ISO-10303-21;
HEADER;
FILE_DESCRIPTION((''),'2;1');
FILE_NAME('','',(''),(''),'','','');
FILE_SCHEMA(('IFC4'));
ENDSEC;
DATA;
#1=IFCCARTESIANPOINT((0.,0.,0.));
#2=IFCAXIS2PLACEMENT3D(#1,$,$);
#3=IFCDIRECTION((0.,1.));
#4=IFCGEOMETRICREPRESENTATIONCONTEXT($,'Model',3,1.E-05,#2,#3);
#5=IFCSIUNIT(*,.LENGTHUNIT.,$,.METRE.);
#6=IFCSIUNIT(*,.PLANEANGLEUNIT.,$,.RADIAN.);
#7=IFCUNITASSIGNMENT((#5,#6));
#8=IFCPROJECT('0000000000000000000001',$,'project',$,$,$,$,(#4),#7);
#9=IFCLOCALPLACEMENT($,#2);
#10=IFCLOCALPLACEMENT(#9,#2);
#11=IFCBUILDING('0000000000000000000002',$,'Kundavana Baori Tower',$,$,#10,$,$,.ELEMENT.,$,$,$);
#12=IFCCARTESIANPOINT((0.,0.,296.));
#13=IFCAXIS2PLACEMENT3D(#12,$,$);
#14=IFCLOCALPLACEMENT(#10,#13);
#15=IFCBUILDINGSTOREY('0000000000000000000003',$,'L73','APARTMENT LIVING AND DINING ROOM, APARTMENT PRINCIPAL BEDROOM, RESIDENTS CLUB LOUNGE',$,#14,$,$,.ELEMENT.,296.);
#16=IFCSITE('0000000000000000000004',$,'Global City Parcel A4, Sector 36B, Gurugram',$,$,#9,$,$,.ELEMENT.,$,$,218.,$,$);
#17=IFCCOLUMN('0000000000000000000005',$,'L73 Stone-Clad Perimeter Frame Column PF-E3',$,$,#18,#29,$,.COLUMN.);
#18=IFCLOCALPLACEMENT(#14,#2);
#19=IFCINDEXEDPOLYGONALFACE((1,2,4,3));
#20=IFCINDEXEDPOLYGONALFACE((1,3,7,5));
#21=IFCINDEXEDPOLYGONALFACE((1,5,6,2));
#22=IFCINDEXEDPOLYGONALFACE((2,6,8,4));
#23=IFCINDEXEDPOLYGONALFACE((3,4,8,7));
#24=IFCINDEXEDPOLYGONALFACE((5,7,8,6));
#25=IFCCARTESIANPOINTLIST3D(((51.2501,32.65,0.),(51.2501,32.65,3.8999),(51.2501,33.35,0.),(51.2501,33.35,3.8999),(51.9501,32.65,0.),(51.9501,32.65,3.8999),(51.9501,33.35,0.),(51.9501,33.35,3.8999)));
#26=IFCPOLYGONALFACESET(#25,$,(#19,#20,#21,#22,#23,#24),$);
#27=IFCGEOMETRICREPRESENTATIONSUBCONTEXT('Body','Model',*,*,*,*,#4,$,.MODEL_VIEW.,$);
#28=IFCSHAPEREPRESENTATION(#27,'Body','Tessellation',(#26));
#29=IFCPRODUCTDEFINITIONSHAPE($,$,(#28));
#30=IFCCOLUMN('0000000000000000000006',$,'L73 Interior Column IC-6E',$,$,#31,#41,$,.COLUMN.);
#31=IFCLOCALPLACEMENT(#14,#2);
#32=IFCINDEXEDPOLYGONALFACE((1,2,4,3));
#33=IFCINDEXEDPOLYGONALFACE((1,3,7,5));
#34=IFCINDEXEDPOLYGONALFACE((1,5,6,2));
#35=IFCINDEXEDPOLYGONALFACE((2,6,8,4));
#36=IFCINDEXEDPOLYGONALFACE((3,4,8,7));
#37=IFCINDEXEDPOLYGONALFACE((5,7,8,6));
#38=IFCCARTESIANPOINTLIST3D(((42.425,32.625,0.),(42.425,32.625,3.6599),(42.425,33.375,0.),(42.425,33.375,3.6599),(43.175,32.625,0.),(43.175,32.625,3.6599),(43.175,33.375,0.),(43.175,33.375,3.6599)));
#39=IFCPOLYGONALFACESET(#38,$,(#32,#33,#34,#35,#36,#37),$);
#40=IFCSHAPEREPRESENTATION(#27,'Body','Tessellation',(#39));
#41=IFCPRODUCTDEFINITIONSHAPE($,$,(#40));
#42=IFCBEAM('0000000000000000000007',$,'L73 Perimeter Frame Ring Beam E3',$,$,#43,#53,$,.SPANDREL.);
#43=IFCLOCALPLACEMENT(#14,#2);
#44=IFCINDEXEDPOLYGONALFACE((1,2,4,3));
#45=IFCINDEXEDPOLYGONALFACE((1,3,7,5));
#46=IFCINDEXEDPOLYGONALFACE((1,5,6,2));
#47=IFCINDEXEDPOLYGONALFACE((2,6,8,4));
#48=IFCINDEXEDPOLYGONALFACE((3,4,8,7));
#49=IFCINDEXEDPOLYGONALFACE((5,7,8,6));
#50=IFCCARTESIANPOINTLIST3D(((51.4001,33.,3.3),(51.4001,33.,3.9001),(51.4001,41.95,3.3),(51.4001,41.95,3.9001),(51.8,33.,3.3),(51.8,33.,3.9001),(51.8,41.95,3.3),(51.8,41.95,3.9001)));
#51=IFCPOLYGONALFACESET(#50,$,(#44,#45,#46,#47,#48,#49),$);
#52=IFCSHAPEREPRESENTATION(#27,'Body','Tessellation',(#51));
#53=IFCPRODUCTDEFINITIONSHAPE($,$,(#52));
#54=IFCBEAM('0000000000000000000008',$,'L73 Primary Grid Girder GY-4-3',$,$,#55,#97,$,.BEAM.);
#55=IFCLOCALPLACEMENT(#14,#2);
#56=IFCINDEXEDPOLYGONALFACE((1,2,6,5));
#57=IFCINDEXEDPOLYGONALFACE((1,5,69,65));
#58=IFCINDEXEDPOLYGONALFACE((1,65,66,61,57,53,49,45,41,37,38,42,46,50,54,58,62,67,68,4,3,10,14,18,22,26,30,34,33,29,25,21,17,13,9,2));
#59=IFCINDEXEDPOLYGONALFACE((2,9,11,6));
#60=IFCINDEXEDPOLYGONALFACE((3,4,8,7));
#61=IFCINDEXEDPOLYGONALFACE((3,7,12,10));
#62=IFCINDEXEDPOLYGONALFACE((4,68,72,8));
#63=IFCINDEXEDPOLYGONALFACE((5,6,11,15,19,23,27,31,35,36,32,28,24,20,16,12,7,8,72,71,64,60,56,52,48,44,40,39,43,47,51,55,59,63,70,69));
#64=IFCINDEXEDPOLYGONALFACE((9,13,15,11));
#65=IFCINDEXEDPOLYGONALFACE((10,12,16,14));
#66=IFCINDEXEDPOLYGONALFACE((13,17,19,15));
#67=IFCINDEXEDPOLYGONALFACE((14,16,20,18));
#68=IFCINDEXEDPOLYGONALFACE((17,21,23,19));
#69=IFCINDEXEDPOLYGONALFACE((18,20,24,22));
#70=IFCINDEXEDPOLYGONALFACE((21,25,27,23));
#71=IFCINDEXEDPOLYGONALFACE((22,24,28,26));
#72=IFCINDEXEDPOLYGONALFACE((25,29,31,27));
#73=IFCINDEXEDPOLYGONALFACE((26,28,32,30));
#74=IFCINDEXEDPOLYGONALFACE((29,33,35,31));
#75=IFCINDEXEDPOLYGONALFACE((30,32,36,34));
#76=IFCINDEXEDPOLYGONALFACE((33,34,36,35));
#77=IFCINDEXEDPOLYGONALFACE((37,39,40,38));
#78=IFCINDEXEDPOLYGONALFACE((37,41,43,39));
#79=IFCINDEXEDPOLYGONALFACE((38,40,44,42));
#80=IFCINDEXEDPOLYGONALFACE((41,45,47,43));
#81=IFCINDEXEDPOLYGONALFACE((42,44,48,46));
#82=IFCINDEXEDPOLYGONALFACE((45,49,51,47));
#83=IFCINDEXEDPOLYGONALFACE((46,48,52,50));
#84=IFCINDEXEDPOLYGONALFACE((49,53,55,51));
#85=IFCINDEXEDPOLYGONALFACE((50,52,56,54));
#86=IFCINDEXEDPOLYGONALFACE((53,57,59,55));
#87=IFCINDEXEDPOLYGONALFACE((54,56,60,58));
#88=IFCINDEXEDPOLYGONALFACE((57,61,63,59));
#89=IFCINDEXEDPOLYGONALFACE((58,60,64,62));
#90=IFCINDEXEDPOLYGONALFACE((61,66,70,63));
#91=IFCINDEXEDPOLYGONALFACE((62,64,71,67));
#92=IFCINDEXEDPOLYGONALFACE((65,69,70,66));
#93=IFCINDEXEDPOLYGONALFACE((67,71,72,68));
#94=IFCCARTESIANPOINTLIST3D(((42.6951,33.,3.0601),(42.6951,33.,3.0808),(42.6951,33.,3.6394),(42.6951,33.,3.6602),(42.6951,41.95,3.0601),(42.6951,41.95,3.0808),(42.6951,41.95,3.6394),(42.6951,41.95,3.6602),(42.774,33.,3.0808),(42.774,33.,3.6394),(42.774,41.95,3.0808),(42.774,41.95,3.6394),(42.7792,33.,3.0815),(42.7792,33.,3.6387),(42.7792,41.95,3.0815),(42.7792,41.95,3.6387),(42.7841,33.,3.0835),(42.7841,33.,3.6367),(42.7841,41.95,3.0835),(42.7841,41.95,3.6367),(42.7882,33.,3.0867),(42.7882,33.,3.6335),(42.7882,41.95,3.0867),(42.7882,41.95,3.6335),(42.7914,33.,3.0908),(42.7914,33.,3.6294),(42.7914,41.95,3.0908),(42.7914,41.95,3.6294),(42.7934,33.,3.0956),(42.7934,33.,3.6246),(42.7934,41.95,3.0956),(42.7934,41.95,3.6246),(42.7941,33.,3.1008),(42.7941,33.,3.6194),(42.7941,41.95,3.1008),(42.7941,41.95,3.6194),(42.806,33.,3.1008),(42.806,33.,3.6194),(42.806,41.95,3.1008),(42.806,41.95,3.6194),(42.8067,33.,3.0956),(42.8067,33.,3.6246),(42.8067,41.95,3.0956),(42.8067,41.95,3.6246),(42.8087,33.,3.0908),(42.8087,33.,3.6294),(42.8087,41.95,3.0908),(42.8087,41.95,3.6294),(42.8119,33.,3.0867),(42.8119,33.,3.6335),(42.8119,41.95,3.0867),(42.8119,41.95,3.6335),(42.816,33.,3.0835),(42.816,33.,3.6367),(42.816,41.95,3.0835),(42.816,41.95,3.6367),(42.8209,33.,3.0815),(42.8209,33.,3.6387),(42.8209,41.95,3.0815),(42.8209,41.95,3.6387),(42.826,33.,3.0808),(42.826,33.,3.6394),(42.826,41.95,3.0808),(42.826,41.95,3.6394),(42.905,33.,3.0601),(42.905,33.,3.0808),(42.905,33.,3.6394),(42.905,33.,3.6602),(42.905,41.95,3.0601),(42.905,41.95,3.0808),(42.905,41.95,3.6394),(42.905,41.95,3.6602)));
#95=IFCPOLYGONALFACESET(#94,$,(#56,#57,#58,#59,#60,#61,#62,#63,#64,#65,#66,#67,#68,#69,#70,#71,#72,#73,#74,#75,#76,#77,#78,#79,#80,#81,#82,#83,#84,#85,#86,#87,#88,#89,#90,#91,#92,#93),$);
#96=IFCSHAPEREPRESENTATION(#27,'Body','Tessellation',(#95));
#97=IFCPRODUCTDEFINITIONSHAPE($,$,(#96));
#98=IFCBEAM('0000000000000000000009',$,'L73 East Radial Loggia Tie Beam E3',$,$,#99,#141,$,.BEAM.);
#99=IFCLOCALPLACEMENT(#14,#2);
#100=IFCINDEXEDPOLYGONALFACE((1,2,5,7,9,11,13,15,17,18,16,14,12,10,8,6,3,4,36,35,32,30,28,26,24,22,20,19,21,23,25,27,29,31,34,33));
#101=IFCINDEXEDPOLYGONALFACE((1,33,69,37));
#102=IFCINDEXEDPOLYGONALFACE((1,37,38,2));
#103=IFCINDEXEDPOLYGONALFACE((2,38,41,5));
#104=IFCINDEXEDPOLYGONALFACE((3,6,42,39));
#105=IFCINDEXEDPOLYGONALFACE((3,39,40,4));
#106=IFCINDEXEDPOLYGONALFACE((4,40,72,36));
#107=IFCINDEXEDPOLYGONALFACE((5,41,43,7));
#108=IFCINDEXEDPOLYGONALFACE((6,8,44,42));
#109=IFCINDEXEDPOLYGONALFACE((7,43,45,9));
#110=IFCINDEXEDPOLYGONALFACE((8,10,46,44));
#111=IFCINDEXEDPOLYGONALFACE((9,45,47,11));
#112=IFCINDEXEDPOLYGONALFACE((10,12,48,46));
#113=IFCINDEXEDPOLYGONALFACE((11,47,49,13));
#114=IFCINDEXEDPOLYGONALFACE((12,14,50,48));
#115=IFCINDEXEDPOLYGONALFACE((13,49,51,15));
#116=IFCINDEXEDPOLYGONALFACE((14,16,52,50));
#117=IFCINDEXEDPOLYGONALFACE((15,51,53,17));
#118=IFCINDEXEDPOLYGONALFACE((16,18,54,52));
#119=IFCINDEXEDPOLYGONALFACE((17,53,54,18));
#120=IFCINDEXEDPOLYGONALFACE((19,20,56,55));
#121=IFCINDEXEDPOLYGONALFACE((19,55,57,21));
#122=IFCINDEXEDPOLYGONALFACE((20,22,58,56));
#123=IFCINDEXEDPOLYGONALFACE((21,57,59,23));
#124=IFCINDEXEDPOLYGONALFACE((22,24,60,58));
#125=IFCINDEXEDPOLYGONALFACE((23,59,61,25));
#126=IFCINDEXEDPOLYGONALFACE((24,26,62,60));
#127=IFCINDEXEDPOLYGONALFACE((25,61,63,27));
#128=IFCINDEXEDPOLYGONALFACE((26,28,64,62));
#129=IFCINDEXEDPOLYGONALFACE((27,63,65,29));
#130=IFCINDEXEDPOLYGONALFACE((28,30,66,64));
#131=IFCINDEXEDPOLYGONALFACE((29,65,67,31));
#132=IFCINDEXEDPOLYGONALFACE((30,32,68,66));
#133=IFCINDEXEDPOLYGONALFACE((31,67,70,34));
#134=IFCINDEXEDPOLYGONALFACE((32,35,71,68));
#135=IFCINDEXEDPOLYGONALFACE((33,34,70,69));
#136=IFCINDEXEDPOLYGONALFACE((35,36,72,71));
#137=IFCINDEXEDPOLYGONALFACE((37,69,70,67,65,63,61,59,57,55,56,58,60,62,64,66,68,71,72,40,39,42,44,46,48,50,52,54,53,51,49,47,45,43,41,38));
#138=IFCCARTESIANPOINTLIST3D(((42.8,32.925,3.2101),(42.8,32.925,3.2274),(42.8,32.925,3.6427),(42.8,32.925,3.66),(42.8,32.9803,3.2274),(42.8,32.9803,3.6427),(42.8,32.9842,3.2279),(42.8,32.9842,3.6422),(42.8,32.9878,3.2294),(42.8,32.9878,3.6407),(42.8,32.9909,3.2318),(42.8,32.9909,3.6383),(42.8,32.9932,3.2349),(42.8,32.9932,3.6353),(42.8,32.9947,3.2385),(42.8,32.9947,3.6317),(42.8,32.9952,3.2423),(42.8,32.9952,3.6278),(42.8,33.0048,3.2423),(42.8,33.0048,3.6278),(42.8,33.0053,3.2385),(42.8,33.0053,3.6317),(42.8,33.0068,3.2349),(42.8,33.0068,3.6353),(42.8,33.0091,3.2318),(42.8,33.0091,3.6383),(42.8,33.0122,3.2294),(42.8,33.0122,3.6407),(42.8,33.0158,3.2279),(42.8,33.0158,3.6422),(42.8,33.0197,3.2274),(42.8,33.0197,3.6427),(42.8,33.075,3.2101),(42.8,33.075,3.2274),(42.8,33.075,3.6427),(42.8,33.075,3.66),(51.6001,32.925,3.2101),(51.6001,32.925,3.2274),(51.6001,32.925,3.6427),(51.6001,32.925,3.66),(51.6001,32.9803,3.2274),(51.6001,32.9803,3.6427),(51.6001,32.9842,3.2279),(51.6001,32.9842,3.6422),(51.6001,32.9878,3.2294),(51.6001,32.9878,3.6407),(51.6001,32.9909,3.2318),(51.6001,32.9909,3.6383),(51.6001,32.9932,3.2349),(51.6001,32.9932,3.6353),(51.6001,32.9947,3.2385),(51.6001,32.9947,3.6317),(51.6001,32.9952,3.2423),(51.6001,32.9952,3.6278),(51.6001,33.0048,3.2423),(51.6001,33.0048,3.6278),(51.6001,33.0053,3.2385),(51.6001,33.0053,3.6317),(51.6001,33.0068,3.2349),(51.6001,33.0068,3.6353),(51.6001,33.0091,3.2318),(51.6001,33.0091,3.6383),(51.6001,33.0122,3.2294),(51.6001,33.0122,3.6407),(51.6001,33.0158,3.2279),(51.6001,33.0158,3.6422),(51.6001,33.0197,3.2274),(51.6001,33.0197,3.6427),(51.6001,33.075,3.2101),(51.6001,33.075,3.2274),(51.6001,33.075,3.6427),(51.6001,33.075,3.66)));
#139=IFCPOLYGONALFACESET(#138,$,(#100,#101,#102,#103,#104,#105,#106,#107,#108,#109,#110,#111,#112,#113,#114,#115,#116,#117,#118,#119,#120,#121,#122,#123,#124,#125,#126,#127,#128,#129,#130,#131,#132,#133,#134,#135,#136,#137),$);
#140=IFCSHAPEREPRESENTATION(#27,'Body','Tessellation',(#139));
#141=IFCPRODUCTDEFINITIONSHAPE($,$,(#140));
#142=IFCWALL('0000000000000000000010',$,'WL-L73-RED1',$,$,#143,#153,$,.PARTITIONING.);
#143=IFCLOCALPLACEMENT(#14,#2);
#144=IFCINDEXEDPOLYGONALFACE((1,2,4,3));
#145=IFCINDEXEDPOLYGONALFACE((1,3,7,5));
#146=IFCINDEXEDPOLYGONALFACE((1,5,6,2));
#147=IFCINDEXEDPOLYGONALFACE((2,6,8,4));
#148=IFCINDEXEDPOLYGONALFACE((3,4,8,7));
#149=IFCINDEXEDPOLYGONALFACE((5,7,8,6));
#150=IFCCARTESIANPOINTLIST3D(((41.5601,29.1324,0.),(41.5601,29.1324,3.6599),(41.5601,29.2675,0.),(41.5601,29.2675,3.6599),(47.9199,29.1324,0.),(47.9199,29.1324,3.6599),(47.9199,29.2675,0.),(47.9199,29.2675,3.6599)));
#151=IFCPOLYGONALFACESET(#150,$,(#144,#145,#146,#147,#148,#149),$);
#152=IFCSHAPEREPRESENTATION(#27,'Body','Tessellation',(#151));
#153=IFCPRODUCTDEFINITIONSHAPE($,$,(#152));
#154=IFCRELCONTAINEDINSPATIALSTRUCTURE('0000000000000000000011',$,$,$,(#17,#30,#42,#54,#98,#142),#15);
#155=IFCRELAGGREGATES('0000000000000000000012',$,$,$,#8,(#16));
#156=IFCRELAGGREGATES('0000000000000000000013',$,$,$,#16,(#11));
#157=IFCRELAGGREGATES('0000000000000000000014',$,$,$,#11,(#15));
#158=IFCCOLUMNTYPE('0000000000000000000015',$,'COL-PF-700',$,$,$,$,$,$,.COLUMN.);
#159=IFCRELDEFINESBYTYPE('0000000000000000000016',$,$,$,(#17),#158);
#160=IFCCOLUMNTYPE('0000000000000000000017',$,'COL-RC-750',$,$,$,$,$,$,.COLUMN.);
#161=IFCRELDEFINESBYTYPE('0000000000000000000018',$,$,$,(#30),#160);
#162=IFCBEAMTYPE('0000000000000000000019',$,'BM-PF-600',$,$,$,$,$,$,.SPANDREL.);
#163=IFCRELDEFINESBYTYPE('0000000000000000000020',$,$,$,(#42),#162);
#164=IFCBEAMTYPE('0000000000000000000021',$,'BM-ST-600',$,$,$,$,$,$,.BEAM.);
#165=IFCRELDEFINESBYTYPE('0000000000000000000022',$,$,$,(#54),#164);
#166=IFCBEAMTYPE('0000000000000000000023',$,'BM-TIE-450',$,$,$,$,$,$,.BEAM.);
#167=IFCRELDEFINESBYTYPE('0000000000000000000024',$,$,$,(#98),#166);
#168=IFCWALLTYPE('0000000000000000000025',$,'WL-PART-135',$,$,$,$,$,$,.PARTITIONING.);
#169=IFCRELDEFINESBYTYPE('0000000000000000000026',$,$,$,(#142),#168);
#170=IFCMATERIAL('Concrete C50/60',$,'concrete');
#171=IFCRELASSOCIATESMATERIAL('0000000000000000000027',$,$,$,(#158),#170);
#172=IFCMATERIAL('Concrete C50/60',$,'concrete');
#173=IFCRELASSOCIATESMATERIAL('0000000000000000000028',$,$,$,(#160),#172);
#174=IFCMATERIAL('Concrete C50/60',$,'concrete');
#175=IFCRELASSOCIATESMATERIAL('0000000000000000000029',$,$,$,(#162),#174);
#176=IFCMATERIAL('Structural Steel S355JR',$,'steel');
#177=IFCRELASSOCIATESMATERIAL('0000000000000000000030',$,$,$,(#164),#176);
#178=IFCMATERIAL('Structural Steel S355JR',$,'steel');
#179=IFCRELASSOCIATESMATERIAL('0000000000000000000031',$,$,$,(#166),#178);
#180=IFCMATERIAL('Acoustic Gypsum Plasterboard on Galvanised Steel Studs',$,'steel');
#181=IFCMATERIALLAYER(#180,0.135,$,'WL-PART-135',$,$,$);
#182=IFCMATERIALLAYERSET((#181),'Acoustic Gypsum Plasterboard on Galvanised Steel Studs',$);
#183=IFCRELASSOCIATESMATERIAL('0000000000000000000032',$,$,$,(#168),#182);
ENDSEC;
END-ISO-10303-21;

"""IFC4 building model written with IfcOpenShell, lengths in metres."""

from ifc_helpers import new_model, si_unit, direction, frame, frame_2d, origin, origin_2d, place, context, subcontext, project, spatial, rectangle, i_section, extrude, material, layer, layer_set, material_profile, profile_set, type_object, element, save


model = new_model("IFC4")

# Units and contexts
model_context = context("Model", 3, precision=1e-05, world=origin(), true_north=direction((0.0, 1.0)))
body_context = subcontext(model_context, "Body", "Model", "MODEL_VIEW")
ifc_project = project(units=[si_unit("LENGTHUNIT", "METRE"), si_unit("PLANEANGLEUNIT", "RADIAN")], contexts=[model_context])

# Site, building, storey
site_placement = place(None, origin())
site = spatial("IfcSite", under=ifc_project, at=site_placement, Name="Global City Parcel A4, Sector 36B, Gurugram", CompositionType="ELEMENT", RefElevation=218.0)
building_placement = place(site_placement, origin())
building = spatial("IfcBuilding", under=site, at=building_placement, Name="Kundavana Baori Tower", CompositionType="ELEMENT")
storey_placement = place(building_placement, frame((0.0, 0.0, 296.0)))
storey = spatial("IfcBuildingStorey", under=building, at=storey_placement, Name="L73", Description="APARTMENT LIVING AND DINING ROOM, APARTMENT PRINCIPAL BEDROOM, RESIDENTS CLUB LOUNGE", CompositionType="ELEMENT", Elevation=296.0)

# Columns
ifc_material_1 = material(Name="Concrete C50/60", Category="concrete")
ifc_material_profile_1 = material_profile(ifc_material_1, rectangle(XDim=0.7, YDim=0.7, at=origin_2d()), Name="RC PF 700x700")
ifc_profile_set_1 = profile_set([ifc_material_profile_1], Name="Concrete C50/60")
column_type_1 = type_object("IfcColumnType", Name="COL-PF-700", PredefinedType="COLUMN", material=ifc_profile_set_1)
column_1_placement = place(storey_placement, frame((51.6001, 33.0, 0.0), z_axis=(0.0, 0.0, 1.0), x_axis=(1.0, 0.0, 0.0)))
element("IfcColumn", 1, at=column_1_placement, inside=storey, type_object=column_type_1, Name="L73 Stone-Clad Perimeter Frame Column PF-E3", PredefinedType="COLUMN", context=body_context, shape_type="SweptSolid", body=[
    extrude(rectangle(XDim=0.7, YDim=0.7, at=origin_2d()), origin(), (0.0, 0.0, 1.0), 3.8999),
])
ifc_material_2 = material(Name="Concrete C50/60", Category="concrete")
ifc_material_profile_2 = material_profile(ifc_material_2, rectangle(XDim=0.75, YDim=0.75, at=origin_2d()), Name="RC 750x750")
ifc_profile_set_2 = profile_set([ifc_material_profile_2], Name="Concrete C50/60")
column_type_2 = type_object("IfcColumnType", Name="COL-RC-750", PredefinedType="COLUMN", material=ifc_profile_set_2)
column_2_placement = place(storey_placement, frame((42.8, 33.0, 0.0), z_axis=(0.0, 0.0, 1.0), x_axis=(1.0, 0.0, 0.0)))
element("IfcColumn", 2, at=column_2_placement, inside=storey, type_object=column_type_2, Name="L73 Interior Column IC-6E", PredefinedType="COLUMN", context=body_context, shape_type="SweptSolid", body=[
    extrude(rectangle(XDim=0.75, YDim=0.75, at=origin_2d()), origin(), (0.0, 0.0, 1.0), 3.6599),
])

# Beams
ifc_material_3 = material(Name="Concrete C50/60", Category="concrete")
ifc_material_profile_3 = material_profile(ifc_material_3, rectangle(XDim=0.3999, YDim=0.6001, at=origin_2d()), Name="RC BM 400x600")
ifc_profile_set_3 = profile_set([ifc_material_profile_3], Name="Concrete C50/60")
beam_type_1 = type_object("IfcBeamType", Name="BM-PF-600", PredefinedType="SPANDREL", material=ifc_profile_set_3)
beam_1_placement = place(storey_placement, frame((51.6001, 33.0, 3.6001), z_axis=(0.0, 1.0, 0.0), x_axis=(-1.0, 0.0, 0.0)))
element("IfcBeam", 3, at=beam_1_placement, inside=storey, type_object=beam_type_1, Name="L73 Perimeter Frame Ring Beam E3", PredefinedType="SPANDREL", context=body_context, shape_type="SweptSolid", body=[
    extrude(rectangle(XDim=0.3999, YDim=0.6001, at=origin_2d()), origin(), (0.0, 0.0, 1.0), 8.95),
])
ifc_material_4 = material(Name="Structural Steel S355JR", Category="steel")
ifc_material_profile_4 = material_profile(ifc_material_4, i_section(OverallWidth=0.21, OverallDepth=0.6001, WebThickness=0.012, FlangeThickness=0.0208, FilletRadius=0.02, at=origin_2d()), Name="ISMB 600")
ifc_profile_set_4 = profile_set([ifc_material_profile_4], Name="Structural Steel S355JR")
beam_type_2 = type_object("IfcBeamType", Name="BM-ST-600", PredefinedType="BEAM", material=ifc_profile_set_4)
beam_2_placement = place(storey_placement, frame((42.8, 33.0, 3.3601), z_axis=(0.0, 1.0, 0.0), x_axis=(-1.0, 0.0, 0.0)))
element("IfcBeam", 4, at=beam_2_placement, inside=storey, type_object=beam_type_2, Name="L73 Primary Grid Girder GY-4-3", PredefinedType="BEAM", context=body_context, shape_type="SweptSolid", body=[
    extrude(i_section(OverallWidth=0.21, OverallDepth=0.6001, WebThickness=0.012, FlangeThickness=0.0208, FilletRadius=0.02, at=origin_2d()), origin(), (0.0, 0.0, 1.0), 8.95),
])
ifc_material_5 = material(Name="Structural Steel S355JR", Category="steel")
ifc_material_profile_5 = material_profile(ifc_material_5, i_section(OverallWidth=0.1499, OverallDepth=0.45, WebThickness=0.0095, FlangeThickness=0.0173, FilletRadius=0.0149, at=origin_2d()), Name="ISMB 450")
ifc_profile_set_5 = profile_set([ifc_material_profile_5], Name="Structural Steel S355JR")
beam_type_3 = type_object("IfcBeamType", Name="BM-TIE-450", PredefinedType="BEAM", material=ifc_profile_set_5)
beam_3_placement = place(storey_placement, frame((42.8, 33.0, 3.4351), z_axis=(1.0, 0.0, 0.0), x_axis=(0.0, 1.0, 0.0)))
element("IfcBeam", 5, at=beam_3_placement, inside=storey, type_object=beam_type_3, Name="L73 East Radial Loggia Tie Beam E3", PredefinedType="BEAM", context=body_context, shape_type="SweptSolid", body=[
    extrude(i_section(OverallWidth=0.1499, OverallDepth=0.45, WebThickness=0.0095, FlangeThickness=0.0173, FilletRadius=0.0149, at=origin_2d()), origin(), (0.0, 0.0, 1.0), 8.8),
])

# Wall
ifc_material_6 = material(Name="Acoustic Gypsum Plasterboard on Galvanised Steel Studs", Category="steel")
ifc_layer_1 = layer(ifc_material_6, 0.135, Name="WL-PART-135")
ifc_layer_set_1 = layer_set([ifc_layer_1], Name="Acoustic Gypsum Plasterboard on Galvanised Steel Studs")
wall_type_1 = type_object("IfcWallType", Name="WL-PART-135", PredefinedType="PARTITIONING", material=ifc_layer_set_1)
wall_1_placement = place(storey_placement, frame((41.5601, 29.2, 0.0), z_axis=(0.0, 0.0, 1.0), x_axis=(1.0, 0.0, 0.0)))
element("IfcWall", 6, at=wall_1_placement, inside=storey, type_object=wall_type_1, Name="WL-L73-RED1", PredefinedType="PARTITIONING", context=body_context, shape_type="SweptSolid", body=[
    extrude(rectangle(XDim=6.3599, YDim=0.135, at=frame_2d((3.1799, 0.0))), origin(), (0.0, 0.0, 1.0), 3.6599),
])

save(model, "model.ifc")
